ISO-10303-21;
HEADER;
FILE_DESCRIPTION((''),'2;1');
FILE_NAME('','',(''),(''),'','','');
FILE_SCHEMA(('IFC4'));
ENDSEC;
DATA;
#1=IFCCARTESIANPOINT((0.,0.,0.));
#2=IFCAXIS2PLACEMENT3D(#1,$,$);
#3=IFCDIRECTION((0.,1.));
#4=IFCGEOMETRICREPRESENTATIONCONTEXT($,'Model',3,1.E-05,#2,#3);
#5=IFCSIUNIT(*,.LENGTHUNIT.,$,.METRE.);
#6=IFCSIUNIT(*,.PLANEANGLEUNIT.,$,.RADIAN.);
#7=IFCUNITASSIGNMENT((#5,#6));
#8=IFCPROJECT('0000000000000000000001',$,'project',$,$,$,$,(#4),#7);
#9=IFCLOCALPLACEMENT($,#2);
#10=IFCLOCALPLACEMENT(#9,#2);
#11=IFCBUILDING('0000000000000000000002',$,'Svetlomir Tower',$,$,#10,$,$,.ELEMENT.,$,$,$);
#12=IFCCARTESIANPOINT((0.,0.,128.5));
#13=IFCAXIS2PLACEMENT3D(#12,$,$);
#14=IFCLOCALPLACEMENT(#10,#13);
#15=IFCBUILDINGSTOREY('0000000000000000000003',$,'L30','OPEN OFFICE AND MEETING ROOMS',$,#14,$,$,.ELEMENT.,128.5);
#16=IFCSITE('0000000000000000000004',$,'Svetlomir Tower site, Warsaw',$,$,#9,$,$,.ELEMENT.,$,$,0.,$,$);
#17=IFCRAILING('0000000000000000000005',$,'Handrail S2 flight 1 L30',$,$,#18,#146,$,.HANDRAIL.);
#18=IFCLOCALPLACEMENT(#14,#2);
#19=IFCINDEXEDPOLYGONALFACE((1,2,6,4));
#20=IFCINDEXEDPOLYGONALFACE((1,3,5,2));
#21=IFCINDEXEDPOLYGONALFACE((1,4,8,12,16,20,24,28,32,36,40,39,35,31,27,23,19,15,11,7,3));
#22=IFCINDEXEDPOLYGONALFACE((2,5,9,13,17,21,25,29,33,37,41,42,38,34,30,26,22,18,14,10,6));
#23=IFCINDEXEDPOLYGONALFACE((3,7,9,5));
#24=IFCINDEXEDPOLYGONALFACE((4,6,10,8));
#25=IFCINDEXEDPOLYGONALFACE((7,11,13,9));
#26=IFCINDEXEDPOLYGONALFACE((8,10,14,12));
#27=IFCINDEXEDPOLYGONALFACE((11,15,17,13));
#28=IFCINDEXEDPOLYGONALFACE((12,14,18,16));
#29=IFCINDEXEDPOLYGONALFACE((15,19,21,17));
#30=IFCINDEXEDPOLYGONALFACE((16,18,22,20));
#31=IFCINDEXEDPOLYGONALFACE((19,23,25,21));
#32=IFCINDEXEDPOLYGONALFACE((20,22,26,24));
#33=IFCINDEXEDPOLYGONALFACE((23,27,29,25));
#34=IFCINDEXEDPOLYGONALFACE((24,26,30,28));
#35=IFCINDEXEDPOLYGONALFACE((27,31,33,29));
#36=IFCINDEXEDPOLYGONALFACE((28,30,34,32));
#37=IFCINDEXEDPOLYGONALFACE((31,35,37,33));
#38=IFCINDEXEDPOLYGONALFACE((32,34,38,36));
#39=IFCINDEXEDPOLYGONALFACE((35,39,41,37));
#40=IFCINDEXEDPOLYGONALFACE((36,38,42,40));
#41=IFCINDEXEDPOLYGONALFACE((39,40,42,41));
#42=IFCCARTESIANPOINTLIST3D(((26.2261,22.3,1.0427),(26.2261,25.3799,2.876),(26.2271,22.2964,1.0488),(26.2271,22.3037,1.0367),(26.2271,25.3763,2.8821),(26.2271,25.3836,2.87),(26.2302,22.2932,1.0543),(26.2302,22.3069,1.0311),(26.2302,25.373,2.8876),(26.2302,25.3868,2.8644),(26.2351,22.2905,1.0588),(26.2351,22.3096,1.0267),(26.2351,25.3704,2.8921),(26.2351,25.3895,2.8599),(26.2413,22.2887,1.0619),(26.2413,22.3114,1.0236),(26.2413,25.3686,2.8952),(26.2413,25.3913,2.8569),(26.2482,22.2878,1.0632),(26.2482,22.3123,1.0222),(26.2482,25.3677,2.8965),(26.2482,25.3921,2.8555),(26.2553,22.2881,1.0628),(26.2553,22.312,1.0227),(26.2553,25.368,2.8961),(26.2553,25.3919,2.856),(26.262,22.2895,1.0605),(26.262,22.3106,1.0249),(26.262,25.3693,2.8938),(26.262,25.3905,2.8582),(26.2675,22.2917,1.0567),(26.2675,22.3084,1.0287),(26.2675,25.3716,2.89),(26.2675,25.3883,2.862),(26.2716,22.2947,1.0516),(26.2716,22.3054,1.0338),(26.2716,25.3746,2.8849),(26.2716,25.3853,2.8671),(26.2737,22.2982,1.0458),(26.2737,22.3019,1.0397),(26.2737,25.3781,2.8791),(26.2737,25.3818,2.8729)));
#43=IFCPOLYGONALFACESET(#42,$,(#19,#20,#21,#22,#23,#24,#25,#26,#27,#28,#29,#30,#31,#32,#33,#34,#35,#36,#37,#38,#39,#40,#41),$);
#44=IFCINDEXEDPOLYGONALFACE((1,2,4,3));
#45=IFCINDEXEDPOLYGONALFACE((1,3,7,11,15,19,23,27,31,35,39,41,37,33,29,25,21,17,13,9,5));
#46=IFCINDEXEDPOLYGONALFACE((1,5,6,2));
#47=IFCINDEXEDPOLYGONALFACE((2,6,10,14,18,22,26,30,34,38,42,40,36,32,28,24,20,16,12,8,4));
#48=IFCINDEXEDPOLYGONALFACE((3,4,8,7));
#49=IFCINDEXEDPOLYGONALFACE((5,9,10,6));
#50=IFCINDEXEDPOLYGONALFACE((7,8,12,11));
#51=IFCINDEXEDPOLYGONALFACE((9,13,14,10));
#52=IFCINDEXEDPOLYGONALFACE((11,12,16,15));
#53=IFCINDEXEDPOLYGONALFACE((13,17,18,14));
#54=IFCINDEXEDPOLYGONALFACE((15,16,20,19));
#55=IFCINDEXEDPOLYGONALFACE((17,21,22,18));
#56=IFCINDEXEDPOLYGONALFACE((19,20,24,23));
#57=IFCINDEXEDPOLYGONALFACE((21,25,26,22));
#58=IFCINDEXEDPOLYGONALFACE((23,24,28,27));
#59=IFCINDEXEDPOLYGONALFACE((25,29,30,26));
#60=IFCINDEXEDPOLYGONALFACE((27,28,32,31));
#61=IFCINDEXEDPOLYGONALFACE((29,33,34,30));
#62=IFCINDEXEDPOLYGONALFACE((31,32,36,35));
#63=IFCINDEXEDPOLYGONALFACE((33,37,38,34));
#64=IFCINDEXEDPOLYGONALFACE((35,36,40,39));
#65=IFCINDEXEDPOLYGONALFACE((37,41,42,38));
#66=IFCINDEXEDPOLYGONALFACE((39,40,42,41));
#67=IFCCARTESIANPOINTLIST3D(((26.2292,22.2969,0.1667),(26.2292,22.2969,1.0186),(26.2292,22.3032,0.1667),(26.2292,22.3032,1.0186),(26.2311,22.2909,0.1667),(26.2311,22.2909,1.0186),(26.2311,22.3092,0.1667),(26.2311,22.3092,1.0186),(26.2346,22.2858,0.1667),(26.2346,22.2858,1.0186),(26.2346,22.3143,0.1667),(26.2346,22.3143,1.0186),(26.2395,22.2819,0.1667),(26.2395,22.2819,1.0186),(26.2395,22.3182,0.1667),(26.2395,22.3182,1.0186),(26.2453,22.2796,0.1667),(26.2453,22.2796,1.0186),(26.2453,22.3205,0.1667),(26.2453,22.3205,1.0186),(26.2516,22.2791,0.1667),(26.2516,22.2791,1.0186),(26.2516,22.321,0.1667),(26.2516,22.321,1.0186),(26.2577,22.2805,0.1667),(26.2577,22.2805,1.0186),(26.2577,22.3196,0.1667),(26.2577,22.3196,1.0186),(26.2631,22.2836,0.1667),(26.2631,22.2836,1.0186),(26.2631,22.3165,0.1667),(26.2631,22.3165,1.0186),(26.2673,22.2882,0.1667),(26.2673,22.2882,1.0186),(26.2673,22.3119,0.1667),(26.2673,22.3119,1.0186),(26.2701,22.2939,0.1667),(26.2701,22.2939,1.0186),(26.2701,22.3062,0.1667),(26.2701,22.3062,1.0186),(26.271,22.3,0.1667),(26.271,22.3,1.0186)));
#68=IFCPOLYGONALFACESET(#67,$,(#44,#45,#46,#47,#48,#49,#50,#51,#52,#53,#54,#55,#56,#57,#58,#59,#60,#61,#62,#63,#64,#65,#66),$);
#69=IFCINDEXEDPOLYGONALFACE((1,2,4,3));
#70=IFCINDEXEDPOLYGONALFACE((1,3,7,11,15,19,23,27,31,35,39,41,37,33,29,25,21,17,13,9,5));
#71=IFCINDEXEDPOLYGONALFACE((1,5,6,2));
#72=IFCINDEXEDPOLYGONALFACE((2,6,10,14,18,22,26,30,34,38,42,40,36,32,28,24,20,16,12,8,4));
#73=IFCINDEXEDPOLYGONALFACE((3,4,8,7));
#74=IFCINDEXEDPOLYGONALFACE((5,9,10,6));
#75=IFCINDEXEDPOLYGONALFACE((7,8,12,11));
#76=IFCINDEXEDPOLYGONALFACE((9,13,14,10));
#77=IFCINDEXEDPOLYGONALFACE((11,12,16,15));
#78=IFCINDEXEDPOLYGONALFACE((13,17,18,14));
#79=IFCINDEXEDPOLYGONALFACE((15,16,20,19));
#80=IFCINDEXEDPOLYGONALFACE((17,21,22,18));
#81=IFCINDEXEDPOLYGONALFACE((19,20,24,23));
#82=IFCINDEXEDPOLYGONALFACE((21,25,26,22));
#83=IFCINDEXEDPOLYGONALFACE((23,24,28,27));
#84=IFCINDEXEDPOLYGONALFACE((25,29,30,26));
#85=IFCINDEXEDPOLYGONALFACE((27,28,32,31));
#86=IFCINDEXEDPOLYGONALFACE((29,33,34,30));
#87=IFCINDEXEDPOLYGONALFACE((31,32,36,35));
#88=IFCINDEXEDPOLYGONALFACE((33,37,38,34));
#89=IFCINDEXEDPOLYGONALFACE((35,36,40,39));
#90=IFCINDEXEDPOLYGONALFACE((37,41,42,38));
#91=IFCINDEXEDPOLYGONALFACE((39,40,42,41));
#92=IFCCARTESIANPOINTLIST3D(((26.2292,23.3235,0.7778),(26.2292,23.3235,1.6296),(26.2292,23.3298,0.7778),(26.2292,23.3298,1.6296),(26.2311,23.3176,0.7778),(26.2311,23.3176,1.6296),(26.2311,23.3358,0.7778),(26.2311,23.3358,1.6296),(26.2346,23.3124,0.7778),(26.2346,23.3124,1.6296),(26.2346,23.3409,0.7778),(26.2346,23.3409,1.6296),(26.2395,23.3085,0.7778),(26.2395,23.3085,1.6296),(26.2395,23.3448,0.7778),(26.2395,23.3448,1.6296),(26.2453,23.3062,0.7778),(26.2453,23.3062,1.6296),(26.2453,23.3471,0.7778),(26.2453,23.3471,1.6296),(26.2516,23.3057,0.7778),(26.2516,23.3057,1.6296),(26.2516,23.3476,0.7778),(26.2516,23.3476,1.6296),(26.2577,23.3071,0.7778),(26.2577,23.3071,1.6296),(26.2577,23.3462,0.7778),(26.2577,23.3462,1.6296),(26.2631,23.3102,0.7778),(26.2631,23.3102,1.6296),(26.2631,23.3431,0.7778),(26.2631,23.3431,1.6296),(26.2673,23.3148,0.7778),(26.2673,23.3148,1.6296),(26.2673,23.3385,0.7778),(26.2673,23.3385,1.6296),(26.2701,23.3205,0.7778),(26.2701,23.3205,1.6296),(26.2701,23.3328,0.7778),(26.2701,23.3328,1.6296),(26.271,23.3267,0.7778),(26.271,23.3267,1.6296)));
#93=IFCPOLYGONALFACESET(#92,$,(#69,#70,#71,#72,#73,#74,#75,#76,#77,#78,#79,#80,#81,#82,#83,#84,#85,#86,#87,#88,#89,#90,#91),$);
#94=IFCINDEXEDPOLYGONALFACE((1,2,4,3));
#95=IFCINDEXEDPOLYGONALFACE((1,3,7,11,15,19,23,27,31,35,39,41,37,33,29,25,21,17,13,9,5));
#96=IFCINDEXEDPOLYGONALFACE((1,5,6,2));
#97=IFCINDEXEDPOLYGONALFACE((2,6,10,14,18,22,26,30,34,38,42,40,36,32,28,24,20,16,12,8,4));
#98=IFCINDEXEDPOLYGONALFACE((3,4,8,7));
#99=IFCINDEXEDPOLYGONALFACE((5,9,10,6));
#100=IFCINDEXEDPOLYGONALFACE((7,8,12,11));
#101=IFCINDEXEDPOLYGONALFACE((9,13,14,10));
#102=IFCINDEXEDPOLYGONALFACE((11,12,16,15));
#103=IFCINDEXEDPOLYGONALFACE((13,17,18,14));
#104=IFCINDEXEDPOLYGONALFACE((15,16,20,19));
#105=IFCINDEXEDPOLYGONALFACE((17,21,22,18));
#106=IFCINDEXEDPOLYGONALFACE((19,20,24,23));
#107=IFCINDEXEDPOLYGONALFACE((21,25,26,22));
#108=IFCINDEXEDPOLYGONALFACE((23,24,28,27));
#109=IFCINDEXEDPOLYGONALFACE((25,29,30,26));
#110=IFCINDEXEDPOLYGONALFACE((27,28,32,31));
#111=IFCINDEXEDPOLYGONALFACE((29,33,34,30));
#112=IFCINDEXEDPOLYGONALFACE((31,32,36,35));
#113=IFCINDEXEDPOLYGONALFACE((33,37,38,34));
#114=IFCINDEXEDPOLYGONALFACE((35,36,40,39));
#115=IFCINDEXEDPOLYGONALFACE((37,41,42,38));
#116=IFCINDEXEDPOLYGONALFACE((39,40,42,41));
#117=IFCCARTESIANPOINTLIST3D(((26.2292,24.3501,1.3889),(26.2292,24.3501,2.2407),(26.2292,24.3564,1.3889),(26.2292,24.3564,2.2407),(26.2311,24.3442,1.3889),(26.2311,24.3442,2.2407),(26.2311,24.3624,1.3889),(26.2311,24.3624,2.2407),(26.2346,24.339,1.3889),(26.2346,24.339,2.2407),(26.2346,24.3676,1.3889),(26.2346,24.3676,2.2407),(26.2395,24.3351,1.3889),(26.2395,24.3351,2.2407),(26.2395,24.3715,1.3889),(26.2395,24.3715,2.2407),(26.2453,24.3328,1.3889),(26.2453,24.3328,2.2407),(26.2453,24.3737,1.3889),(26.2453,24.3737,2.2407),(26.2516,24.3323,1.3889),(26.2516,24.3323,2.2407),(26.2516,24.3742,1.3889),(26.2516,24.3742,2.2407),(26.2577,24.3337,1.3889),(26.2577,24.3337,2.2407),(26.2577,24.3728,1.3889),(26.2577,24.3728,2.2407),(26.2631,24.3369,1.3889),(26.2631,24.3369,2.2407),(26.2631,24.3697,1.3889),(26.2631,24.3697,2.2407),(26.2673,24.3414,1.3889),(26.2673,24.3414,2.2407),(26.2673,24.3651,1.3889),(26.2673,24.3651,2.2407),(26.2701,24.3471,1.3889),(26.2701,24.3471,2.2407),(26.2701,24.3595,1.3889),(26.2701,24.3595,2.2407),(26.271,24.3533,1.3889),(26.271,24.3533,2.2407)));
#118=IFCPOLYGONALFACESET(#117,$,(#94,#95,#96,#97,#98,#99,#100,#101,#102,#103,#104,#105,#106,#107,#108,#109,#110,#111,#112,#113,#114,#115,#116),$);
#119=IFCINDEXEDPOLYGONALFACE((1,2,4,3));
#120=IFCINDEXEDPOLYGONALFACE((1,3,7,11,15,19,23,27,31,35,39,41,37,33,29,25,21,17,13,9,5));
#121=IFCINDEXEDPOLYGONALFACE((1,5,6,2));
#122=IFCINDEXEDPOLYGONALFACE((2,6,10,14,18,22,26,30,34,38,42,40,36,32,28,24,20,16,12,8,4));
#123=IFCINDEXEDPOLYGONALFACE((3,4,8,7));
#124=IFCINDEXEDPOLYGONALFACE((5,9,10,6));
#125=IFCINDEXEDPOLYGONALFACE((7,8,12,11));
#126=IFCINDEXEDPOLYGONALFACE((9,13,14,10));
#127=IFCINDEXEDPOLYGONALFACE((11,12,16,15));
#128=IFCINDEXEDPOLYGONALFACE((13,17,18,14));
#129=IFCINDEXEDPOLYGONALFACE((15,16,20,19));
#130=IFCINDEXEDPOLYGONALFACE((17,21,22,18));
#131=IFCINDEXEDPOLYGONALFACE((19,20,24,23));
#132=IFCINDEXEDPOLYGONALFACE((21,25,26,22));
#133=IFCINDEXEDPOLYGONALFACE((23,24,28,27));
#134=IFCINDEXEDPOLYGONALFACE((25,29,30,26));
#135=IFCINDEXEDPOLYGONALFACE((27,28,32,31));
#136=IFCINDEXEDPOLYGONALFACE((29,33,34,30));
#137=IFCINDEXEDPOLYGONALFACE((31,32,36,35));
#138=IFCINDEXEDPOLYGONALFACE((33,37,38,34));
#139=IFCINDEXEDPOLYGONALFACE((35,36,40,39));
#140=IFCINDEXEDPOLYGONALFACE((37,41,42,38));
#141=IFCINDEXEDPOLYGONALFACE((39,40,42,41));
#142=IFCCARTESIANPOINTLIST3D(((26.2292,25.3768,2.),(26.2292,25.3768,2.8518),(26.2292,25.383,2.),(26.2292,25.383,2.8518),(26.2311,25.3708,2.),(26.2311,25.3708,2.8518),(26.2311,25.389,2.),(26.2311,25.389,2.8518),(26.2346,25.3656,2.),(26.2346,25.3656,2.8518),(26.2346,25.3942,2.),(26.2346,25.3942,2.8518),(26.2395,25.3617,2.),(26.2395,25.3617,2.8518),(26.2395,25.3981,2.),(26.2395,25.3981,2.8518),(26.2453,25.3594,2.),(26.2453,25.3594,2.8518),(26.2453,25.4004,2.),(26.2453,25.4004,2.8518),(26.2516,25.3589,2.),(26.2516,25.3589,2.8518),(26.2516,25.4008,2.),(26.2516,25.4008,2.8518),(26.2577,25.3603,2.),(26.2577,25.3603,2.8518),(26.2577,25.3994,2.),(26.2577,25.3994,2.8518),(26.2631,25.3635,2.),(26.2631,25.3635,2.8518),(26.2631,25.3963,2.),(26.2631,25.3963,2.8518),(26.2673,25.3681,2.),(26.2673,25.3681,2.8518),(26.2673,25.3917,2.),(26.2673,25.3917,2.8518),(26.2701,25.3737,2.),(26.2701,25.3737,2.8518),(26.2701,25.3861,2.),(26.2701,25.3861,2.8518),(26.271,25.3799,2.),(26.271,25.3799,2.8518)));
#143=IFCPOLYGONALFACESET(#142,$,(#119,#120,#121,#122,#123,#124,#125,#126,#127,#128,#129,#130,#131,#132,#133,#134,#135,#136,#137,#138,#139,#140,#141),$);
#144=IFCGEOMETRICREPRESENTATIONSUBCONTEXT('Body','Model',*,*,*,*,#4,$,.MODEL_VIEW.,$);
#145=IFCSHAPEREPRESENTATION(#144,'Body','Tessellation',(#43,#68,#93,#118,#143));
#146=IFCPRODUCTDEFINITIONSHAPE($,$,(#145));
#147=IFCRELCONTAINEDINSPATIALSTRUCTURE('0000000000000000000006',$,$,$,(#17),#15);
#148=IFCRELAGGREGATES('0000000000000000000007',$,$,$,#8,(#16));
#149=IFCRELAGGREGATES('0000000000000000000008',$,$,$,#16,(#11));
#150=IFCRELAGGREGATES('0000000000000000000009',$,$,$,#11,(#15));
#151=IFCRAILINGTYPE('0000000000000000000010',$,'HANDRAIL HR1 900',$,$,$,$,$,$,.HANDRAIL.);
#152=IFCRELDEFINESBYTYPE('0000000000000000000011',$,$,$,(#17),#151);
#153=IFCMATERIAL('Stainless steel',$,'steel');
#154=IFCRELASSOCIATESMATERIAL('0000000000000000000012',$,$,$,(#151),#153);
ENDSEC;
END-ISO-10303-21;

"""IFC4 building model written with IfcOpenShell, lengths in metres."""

from ifc_helpers import new_model, si_unit, direction, frame, origin, origin_2d, place, context, subcontext, project, spatial, circle, extrude, material, type_object, element, save


model = new_model("IFC4")

# Units and contexts
model_context = context("Model", 3, precision=1e-05, world=origin(), true_north=direction((0.0, 1.0)))
body_context = subcontext(model_context, "Body", "Model", "MODEL_VIEW")
ifc_project = project(units=[si_unit("LENGTHUNIT", "METRE"), si_unit("PLANEANGLEUNIT", "RADIAN")], contexts=[model_context])

# Site, building, storey
site_placement = place(None, origin())
site = spatial("IfcSite", under=ifc_project, at=site_placement, Name="Svetlomir Tower site, Warsaw", CompositionType="ELEMENT", RefElevation=0.0)
building_placement = place(site_placement, origin())
building = spatial("IfcBuilding", under=site, at=building_placement, Name="Svetlomir Tower", CompositionType="ELEMENT")
storey_placement = place(building_placement, frame((0.0, 0.0, 128.5)))
storey = spatial("IfcBuildingStorey", under=building, at=storey_placement, Name="L30", Description="OPEN OFFICE AND MEETING ROOMS", CompositionType="ELEMENT", Elevation=128.5)

# Railing
ifc_material_1 = material(Name="Stainless steel", Category="steel")
railing_type = type_object("IfcRailingType", Name="HANDRAIL HR1 900", PredefinedType="HANDRAIL", material=ifc_material_1)
railing_1_placement = place(storey_placement, frame((26.25, 22.3, 0.1667)))
element("IfcRailing", 1, at=railing_1_placement, inside=storey, type_object=railing_type, Name="Handrail S2 flight 1 L30", PredefinedType="HANDRAIL", context=body_context, shape_type="SweptSolid", body=[
    extrude(circle(Radius=0.0239, at=origin_2d()), frame((0.0, 0.0, 0.876), z_axis=(0.0, 0.859291, 0.511487), x_axis=(-1.0, 0.0, 0.0)), (0.0, 0.0, 1.0), 3.5842),
    extrude(circle(Radius=0.021, at=origin_2d()), origin(), (0.0, 0.0, 1.0), 0.8518),
    extrude(circle(Radius=0.021, at=origin_2d()), frame((0.0, 1.0266, 0.6111)), (0.0, 0.0, 1.0), 0.8518),
    extrude(circle(Radius=0.021, at=origin_2d()), frame((0.0, 2.0532, 1.2222)), (0.0, 0.0, 1.0), 0.8518),
    extrude(circle(Radius=0.021, at=origin_2d()), frame((0.0, 3.0798, 1.8333)), (0.0, 0.0, 1.0), 0.8518),
])

save(model, "model.ifc")
